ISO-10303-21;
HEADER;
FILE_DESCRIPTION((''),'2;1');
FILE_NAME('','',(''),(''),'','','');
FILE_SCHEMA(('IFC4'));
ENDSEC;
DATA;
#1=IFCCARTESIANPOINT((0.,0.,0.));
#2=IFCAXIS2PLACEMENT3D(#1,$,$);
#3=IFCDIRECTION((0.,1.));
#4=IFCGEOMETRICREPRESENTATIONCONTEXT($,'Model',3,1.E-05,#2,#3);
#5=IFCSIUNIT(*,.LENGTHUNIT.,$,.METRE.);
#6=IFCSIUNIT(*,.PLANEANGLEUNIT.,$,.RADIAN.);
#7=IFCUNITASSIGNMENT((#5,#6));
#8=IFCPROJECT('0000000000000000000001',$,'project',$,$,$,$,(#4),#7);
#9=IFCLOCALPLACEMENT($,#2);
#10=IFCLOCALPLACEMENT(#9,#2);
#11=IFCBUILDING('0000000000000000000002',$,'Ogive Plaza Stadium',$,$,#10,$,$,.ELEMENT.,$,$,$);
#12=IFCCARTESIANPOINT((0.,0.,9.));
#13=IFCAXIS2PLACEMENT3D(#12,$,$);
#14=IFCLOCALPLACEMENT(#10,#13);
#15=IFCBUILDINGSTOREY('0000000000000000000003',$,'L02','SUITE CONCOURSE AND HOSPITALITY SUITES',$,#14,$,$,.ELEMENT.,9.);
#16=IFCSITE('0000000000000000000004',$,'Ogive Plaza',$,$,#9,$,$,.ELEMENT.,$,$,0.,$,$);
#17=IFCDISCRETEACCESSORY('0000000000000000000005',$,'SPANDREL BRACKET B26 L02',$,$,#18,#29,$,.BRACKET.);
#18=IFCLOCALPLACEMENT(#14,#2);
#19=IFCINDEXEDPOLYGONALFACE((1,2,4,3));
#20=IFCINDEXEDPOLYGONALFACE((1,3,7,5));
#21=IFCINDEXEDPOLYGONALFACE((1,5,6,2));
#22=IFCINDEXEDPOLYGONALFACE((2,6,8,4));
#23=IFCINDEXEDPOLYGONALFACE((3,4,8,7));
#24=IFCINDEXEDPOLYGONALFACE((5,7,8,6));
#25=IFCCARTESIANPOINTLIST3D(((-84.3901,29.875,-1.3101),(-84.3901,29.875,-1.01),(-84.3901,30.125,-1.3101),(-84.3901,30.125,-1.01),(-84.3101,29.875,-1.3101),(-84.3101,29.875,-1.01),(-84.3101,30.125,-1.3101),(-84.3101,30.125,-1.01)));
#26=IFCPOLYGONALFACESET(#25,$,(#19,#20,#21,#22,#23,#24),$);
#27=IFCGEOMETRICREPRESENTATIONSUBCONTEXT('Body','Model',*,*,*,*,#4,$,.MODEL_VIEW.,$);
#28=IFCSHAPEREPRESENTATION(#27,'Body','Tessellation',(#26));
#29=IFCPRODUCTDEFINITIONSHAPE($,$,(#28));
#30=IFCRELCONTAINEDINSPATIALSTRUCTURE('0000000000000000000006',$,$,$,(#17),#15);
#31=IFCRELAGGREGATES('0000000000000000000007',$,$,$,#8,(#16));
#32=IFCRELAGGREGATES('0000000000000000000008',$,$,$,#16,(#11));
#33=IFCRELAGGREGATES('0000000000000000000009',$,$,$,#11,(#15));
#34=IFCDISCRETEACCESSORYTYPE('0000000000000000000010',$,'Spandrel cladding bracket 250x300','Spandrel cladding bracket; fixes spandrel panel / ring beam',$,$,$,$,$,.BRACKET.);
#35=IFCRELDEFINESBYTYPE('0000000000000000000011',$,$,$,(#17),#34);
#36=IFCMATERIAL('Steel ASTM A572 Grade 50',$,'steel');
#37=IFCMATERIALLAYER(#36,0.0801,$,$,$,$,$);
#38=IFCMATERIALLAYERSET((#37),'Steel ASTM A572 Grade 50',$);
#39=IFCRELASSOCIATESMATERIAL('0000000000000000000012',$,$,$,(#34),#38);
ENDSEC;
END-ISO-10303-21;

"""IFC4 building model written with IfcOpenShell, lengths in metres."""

from ifc_helpers import new_model, si_unit, direction, frame, origin, origin_2d, place, context, subcontext, project, spatial, rectangle, extrude, material, layer, layer_set, type_object, element, save


model = new_model("IFC4")

# Units and contexts
model_context = context("Model", 3, precision=1e-05, world=origin(), true_north=direction((0.0, 1.0)))
body_context = subcontext(model_context, "Body", "Model", "MODEL_VIEW")
ifc_project = project(units=[si_unit("LENGTHUNIT", "METRE"), si_unit("PLANEANGLEUNIT", "RADIAN")], contexts=[model_context])

# Site, building, storey
site_placement = place(None, origin())
site = spatial("IfcSite", under=ifc_project, at=site_placement, Name="Ogive Plaza", CompositionType="ELEMENT", RefElevation=0.0)
building_placement = place(site_placement, origin())
building = spatial("IfcBuilding", under=site, at=building_placement, Name="Ogive Plaza Stadium", CompositionType="ELEMENT")
storey_placement = place(building_placement, frame((0.0, 0.0, 9.0)))
storey = spatial("IfcBuildingStorey", under=building, at=storey_placement, Name="L02", Description="SUITE CONCOURSE AND HOSPITALITY SUITES", CompositionType="ELEMENT", Elevation=9.0)

# Discrete accessory
ifc_material_1 = material(Name="Steel ASTM A572 Grade 50", Category="steel")
ifc_layer_1 = layer(ifc_material_1, 0.0801)
ifc_layer_set_1 = layer_set([ifc_layer_1], Name="Steel ASTM A572 Grade 50")
discrete_accessory_type = type_object("IfcDiscreteAccessoryType", Name="Spandrel cladding bracket 250x300", Description="Spandrel cladding bracket; fixes spandrel panel / ring beam", PredefinedType="BRACKET", material=ifc_layer_set_1)
discrete_accessory_placement = place(storey_placement, frame((-84.3501, 30.0, -1.3101), z_axis=(0.0, 0.0, 1.0), x_axis=(0.0, 1.0, 0.0)))
element("IfcDiscreteAccessory", 1, at=discrete_accessory_placement, inside=storey, type_object=discrete_accessory_type, Name="SPANDREL BRACKET B26 L02", PredefinedType="BRACKET", context=body_context, shape_type="SweptSolid", body=[
    extrude(rectangle(XDim=0.25, YDim=0.0801, at=origin_2d()), origin(), (0.0, 0.0, 1.0), 0.3),
])

save(model, "model.ifc")
